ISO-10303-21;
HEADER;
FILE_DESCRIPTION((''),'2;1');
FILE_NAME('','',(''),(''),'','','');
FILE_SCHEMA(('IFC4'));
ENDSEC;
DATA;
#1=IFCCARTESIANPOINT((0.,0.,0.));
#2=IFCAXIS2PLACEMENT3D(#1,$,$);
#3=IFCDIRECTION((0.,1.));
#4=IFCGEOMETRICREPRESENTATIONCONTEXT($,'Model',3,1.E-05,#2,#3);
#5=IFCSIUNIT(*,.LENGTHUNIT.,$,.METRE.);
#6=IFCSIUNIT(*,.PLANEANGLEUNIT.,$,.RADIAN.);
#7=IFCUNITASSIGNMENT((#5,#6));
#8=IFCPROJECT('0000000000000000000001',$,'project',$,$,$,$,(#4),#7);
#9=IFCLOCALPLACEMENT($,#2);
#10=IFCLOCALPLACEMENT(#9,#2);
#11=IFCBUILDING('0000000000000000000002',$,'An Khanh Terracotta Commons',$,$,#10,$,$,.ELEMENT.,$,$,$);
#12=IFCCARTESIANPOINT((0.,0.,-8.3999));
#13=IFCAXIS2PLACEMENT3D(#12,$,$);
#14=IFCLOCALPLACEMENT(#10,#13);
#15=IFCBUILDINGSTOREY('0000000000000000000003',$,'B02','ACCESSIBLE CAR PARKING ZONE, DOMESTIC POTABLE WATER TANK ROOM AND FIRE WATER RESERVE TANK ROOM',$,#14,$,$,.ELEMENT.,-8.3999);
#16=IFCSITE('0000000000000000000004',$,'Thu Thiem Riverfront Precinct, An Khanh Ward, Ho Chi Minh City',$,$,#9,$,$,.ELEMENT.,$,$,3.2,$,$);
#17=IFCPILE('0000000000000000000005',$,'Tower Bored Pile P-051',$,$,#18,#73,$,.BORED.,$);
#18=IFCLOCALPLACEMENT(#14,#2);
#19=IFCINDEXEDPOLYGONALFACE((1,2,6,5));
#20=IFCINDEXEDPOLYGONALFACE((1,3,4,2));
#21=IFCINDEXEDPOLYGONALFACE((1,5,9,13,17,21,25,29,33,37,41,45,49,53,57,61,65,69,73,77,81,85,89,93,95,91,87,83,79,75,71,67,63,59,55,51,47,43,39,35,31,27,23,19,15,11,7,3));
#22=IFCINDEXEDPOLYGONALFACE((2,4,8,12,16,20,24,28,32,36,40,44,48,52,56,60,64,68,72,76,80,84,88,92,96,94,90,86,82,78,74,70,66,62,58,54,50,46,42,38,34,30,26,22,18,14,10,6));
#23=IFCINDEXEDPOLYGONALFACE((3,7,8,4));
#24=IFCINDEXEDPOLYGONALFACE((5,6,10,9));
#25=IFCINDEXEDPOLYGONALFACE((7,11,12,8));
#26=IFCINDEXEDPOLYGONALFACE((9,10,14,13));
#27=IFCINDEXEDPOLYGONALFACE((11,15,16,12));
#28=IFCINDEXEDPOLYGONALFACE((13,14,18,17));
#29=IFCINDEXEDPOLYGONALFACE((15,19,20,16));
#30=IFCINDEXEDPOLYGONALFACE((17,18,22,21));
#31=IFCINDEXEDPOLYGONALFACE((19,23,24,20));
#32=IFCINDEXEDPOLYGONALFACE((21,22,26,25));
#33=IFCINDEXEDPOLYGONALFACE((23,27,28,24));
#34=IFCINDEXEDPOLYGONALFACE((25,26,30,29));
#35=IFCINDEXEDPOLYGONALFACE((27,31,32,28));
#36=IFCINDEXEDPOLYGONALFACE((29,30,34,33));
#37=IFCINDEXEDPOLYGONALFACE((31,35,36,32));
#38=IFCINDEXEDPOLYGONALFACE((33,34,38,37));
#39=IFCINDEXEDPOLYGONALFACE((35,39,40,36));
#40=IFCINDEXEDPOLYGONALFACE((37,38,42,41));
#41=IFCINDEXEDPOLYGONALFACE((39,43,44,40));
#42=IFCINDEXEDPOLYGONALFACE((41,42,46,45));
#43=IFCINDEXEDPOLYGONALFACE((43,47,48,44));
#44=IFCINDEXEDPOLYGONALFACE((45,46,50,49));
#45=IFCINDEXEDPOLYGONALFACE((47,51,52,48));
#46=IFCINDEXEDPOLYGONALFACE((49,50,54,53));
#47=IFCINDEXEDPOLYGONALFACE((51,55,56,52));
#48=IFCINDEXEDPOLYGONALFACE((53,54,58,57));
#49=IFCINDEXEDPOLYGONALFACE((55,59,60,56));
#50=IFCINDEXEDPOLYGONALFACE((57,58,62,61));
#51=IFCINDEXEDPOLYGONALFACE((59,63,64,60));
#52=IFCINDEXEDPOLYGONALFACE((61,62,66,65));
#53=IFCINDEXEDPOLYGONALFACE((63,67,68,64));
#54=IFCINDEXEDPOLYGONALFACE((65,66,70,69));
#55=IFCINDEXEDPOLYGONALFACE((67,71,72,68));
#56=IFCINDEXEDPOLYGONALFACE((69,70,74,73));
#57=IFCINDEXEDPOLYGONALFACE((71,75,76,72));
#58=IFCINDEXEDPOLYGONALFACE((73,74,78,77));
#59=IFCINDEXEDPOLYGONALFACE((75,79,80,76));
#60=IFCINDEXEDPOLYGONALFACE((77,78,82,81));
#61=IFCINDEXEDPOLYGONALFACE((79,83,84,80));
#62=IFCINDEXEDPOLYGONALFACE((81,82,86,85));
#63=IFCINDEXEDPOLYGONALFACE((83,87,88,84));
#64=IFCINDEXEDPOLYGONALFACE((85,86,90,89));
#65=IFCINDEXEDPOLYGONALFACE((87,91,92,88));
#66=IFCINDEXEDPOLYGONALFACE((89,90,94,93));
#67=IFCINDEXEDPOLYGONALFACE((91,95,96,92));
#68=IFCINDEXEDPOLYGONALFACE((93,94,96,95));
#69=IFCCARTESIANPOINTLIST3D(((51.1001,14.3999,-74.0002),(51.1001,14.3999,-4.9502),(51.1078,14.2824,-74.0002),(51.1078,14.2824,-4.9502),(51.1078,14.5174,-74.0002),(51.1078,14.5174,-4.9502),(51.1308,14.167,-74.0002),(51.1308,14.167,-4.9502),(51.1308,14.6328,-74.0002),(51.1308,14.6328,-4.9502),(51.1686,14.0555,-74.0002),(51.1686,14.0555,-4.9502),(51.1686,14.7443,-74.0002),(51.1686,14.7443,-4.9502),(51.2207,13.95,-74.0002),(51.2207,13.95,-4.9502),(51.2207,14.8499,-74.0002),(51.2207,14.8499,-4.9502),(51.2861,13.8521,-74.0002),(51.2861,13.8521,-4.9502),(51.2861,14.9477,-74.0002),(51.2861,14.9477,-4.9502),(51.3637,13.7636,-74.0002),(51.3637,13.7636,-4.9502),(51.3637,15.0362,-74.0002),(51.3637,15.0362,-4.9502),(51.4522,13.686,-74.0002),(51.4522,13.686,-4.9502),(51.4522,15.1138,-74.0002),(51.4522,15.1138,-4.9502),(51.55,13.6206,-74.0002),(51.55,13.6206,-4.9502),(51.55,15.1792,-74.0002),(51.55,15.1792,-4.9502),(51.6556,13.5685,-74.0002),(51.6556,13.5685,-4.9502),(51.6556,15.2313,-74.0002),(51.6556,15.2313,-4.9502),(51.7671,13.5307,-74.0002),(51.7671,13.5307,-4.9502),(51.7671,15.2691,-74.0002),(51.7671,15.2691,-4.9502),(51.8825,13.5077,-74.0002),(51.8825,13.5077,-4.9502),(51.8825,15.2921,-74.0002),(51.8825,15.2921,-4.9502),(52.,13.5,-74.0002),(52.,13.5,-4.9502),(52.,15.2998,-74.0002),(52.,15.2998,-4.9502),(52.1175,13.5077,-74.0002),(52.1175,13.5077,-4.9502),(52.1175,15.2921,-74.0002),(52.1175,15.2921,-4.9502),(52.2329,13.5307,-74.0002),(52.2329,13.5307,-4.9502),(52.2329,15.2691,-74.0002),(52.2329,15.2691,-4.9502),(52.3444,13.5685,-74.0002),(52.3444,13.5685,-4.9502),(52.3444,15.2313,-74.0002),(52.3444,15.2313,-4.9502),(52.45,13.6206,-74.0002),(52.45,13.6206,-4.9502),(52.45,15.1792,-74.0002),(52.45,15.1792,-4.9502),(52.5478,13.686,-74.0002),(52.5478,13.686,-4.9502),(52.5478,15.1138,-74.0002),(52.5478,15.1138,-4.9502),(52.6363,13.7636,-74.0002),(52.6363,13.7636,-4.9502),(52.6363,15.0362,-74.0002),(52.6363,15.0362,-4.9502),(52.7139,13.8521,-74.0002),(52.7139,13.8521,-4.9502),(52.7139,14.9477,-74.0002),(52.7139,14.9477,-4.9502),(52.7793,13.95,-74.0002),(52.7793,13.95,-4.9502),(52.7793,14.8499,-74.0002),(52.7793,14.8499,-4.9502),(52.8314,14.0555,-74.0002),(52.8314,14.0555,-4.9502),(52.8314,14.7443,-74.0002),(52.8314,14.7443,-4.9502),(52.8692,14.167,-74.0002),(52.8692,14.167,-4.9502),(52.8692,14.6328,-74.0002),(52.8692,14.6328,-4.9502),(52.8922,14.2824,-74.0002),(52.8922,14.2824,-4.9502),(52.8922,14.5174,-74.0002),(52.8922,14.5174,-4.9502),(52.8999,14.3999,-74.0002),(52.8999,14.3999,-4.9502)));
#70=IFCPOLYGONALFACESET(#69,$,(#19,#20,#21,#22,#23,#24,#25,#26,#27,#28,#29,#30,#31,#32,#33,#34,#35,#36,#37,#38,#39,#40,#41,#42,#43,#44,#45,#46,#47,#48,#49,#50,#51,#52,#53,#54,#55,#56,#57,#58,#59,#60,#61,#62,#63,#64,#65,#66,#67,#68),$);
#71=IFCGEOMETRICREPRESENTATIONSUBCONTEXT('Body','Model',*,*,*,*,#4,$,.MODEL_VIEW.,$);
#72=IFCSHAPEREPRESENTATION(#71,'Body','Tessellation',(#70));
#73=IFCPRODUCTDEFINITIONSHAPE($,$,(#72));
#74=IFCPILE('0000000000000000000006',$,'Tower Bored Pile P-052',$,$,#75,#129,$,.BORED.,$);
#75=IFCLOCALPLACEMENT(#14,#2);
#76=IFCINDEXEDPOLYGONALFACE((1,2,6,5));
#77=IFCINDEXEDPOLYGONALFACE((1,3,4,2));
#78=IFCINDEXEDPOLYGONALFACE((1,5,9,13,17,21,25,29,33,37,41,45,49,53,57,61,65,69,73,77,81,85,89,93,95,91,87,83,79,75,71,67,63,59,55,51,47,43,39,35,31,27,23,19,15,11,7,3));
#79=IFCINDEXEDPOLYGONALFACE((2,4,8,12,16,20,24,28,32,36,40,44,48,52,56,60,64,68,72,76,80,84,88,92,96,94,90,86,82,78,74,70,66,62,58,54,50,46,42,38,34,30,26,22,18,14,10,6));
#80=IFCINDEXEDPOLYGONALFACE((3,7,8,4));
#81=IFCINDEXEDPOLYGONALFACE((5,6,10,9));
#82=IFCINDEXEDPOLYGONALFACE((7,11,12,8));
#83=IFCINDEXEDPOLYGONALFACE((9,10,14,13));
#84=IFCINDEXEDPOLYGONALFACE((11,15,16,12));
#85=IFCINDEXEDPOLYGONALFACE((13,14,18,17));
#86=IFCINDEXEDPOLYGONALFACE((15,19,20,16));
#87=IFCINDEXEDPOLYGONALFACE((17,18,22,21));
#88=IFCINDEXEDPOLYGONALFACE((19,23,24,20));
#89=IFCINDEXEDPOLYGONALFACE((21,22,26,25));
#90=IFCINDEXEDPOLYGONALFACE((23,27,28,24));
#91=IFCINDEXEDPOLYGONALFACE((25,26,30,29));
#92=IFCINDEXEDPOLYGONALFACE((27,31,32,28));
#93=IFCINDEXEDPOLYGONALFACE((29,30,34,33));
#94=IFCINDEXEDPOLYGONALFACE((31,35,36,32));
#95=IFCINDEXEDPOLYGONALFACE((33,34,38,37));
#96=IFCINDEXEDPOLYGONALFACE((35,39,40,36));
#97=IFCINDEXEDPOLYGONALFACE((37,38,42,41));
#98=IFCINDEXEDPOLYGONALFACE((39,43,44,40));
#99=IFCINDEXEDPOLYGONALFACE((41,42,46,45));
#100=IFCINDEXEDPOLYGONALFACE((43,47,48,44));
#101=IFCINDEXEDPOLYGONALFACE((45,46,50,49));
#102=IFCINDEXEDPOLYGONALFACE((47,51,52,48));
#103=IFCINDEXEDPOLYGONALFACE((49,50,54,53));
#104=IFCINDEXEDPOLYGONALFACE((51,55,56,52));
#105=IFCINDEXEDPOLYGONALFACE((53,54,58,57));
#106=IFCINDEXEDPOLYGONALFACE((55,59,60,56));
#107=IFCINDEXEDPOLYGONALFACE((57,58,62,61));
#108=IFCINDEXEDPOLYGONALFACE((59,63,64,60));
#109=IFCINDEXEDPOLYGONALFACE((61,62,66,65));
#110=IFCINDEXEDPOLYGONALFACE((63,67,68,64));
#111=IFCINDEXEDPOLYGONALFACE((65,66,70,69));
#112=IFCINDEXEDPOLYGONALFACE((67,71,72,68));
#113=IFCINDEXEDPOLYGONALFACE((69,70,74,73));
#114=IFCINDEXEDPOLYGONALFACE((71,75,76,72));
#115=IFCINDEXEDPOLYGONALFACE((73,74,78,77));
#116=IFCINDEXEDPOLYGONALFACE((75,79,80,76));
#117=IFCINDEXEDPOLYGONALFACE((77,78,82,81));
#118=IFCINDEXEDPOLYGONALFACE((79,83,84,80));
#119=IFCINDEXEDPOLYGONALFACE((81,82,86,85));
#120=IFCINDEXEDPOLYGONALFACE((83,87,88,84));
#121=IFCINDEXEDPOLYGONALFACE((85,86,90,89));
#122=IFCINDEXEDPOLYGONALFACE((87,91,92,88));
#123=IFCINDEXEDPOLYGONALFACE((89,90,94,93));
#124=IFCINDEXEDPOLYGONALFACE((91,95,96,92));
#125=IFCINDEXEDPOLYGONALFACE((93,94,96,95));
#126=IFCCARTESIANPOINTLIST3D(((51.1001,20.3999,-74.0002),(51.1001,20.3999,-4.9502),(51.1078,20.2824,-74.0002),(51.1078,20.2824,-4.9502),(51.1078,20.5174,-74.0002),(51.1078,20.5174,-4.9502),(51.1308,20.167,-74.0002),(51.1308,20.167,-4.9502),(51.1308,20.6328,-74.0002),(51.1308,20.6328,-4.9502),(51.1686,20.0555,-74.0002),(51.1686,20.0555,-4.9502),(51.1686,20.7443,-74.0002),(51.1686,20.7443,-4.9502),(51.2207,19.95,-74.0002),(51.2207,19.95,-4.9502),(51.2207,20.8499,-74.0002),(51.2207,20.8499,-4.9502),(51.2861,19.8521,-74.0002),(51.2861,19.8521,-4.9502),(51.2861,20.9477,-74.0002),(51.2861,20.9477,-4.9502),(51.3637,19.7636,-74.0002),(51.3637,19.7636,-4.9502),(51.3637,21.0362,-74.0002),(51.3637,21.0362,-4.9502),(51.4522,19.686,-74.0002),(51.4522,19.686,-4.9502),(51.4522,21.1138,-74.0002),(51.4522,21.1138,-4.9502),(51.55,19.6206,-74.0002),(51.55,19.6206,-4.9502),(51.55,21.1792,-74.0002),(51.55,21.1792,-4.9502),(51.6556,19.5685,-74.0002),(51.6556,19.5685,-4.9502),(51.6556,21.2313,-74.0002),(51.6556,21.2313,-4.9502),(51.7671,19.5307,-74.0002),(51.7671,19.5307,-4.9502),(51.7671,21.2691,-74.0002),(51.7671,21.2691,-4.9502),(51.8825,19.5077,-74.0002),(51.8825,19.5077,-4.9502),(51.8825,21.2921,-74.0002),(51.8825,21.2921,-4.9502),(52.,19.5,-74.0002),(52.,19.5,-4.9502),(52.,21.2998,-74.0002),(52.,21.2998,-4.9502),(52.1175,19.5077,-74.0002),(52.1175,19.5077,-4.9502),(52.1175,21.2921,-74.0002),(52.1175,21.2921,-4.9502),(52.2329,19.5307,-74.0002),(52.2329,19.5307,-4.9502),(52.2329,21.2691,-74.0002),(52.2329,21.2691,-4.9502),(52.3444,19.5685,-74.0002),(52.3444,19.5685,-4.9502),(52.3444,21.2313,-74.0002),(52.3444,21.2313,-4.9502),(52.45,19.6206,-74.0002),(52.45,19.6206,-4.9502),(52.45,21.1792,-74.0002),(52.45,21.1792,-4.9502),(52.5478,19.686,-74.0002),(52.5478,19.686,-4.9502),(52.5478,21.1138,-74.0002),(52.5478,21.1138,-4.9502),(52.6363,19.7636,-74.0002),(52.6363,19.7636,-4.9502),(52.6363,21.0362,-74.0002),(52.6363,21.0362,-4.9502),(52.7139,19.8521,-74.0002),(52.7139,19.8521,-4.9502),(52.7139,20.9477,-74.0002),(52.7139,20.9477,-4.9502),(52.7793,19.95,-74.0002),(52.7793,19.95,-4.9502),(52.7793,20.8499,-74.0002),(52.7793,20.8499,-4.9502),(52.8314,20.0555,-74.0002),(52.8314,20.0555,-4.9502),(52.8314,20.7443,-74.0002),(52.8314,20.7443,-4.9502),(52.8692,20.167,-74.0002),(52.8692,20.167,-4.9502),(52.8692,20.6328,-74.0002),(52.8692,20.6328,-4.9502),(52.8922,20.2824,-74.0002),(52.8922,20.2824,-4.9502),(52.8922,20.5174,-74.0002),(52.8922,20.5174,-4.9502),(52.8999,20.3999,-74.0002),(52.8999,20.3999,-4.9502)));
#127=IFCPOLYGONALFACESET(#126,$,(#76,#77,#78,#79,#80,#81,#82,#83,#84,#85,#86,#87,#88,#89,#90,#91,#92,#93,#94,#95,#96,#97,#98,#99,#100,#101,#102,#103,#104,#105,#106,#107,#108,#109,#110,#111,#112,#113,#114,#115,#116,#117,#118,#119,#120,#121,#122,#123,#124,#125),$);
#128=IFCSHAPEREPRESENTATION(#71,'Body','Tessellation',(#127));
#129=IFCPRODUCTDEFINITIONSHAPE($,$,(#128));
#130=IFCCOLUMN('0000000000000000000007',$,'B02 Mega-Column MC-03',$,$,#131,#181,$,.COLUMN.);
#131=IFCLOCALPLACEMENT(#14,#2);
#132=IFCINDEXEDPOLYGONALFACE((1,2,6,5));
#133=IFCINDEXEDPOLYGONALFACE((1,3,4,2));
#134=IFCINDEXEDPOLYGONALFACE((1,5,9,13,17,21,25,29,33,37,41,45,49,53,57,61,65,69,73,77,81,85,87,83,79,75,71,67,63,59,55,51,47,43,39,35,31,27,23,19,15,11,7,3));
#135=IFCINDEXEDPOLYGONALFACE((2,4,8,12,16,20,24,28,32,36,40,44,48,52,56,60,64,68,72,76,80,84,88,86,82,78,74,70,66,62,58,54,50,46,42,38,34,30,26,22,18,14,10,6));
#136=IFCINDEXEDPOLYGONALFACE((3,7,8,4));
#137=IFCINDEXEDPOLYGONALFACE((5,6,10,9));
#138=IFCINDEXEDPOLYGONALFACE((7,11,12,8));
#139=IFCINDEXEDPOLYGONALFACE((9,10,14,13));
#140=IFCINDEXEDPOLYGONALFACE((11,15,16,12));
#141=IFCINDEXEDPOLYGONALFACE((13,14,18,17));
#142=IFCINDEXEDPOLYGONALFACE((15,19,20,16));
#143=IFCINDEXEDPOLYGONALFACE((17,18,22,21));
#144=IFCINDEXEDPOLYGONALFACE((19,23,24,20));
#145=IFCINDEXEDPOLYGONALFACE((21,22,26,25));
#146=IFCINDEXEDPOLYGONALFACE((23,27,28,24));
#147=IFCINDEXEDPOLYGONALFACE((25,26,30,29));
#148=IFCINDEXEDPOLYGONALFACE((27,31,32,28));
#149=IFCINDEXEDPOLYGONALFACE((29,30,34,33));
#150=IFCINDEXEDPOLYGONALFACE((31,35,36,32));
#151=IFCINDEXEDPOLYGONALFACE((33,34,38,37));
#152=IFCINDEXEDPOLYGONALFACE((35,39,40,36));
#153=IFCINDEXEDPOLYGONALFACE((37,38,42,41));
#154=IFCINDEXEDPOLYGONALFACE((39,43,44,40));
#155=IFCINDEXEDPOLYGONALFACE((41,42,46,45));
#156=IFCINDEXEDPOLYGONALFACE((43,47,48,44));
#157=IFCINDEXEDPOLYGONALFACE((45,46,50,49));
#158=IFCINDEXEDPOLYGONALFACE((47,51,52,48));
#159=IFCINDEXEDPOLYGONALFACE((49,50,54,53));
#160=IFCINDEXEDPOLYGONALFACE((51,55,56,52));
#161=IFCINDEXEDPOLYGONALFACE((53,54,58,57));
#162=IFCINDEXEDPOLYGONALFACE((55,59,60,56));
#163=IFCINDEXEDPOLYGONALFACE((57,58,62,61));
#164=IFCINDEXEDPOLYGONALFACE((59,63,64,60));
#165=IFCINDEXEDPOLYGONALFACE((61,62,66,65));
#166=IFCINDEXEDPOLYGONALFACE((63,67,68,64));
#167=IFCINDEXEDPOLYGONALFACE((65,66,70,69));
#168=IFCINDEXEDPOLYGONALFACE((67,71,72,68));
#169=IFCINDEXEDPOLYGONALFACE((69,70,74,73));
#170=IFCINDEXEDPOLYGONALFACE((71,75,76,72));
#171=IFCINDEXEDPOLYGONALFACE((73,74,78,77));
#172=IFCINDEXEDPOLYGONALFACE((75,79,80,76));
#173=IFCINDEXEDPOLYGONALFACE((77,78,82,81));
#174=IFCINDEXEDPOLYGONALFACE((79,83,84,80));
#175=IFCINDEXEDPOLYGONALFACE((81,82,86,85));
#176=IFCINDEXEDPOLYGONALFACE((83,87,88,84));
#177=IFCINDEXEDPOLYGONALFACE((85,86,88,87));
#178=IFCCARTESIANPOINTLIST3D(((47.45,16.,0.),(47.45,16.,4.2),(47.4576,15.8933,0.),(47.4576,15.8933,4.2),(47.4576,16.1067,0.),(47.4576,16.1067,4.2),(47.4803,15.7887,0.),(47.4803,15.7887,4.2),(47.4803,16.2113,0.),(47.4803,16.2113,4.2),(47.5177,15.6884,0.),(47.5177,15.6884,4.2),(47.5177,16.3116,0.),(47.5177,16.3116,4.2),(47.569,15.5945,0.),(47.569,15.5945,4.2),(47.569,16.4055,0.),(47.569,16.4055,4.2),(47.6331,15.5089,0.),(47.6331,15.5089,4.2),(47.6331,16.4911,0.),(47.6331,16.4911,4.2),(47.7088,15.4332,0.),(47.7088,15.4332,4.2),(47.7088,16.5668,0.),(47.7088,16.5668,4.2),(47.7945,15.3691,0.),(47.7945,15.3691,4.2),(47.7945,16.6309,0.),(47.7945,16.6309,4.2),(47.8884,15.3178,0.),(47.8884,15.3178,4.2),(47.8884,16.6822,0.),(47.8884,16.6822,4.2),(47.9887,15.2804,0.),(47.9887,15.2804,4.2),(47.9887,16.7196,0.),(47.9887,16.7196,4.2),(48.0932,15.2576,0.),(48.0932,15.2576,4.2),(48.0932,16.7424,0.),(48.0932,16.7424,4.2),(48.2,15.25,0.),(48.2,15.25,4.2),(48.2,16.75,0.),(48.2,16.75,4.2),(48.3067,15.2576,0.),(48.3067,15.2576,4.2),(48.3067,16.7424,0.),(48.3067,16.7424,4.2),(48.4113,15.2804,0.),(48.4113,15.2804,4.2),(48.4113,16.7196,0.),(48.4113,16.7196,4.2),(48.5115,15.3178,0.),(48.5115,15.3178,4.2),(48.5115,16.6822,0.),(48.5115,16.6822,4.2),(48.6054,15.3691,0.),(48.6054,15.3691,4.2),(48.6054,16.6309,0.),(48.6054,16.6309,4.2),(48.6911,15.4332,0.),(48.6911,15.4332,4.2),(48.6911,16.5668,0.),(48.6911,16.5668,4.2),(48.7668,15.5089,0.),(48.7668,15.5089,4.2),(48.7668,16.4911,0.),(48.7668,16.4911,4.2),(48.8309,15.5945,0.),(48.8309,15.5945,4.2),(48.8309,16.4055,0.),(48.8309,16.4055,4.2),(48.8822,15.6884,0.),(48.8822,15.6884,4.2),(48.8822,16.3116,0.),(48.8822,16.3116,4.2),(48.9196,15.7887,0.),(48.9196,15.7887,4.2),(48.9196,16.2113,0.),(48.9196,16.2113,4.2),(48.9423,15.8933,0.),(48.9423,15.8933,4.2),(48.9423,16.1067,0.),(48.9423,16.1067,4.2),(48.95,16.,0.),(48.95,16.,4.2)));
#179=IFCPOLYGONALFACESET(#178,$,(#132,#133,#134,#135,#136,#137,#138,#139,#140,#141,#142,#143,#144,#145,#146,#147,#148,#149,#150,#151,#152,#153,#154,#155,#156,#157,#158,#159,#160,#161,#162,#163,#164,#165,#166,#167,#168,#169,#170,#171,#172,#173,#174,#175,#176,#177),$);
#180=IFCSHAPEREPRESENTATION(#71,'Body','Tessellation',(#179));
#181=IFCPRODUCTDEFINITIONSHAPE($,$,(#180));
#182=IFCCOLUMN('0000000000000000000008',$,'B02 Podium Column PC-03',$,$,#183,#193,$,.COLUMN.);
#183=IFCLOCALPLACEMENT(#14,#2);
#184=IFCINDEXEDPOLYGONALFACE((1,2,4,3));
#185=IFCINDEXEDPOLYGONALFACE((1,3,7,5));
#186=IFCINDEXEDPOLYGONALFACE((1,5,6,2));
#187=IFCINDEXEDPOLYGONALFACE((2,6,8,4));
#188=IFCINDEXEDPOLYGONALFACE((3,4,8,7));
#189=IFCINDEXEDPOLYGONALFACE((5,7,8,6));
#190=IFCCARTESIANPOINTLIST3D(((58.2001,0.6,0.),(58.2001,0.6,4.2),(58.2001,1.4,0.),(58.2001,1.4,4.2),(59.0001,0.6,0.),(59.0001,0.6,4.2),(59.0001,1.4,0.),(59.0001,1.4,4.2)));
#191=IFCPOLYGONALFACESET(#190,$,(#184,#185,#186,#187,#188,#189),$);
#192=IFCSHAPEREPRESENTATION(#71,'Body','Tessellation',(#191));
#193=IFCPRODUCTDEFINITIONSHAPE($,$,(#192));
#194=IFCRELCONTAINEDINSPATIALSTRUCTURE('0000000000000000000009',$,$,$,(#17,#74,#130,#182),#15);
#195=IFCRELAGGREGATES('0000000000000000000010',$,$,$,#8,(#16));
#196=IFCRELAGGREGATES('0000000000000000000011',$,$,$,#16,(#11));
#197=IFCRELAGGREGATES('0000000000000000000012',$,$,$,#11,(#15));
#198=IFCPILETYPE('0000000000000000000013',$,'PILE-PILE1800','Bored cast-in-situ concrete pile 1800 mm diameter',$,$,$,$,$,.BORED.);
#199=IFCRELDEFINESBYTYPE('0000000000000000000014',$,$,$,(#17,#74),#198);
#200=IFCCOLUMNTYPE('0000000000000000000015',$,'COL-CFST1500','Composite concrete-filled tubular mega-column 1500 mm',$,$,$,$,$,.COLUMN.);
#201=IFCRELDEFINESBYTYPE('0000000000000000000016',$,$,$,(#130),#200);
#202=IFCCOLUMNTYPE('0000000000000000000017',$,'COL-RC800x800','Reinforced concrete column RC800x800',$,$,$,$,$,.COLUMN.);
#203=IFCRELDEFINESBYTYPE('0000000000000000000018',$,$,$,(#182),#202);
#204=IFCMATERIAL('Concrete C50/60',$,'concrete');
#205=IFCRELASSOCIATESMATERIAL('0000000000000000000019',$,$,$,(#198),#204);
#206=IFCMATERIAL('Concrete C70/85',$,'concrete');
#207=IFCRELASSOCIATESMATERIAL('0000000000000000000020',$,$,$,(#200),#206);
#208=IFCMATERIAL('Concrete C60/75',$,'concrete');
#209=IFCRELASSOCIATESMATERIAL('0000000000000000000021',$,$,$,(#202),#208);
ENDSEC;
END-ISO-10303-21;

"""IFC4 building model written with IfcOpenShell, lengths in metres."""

from ifc_helpers import new_model, si_unit, direction, frame, origin, origin_2d, place, context, subcontext, project, spatial, rectangle, circle, extrude, material, material_profile, profile_set, type_object, element, save


model = new_model("IFC4")

# Units and contexts
model_context = context("Model", 3, precision=1e-05, world=origin(), true_north=direction((0.0, 1.0)))
body_context = subcontext(model_context, "Body", "Model", "MODEL_VIEW")
ifc_project = project(units=[si_unit("LENGTHUNIT", "METRE"), si_unit("PLANEANGLEUNIT", "RADIAN")], contexts=[model_context])

# Site, building, storey
site_placement = place(None, origin())
site = spatial("IfcSite", under=ifc_project, at=site_placement, Name="Thu Thiem Riverfront Precinct, An Khanh Ward, Ho Chi Minh City", CompositionType="ELEMENT", RefElevation=3.2)
building_placement = place(site_placement, origin())
building = spatial("IfcBuilding", under=site, at=building_placement, Name="An Khanh Terracotta Commons", CompositionType="ELEMENT")
storey_placement = place(building_placement, frame((0.0, 0.0, -8.3999)))
storey = spatial("IfcBuildingStorey", under=building, at=storey_placement, Name="B02", Description="ACCESSIBLE CAR PARKING ZONE, DOMESTIC POTABLE WATER TANK ROOM AND FIRE WATER RESERVE TANK ROOM", CompositionType="ELEMENT", Elevation=-8.3999)

# Shared definitions
ifc_material_1 = material(Name="Concrete C50/60", Category="concrete")

# Piles
ifc_material_profile_1 = material_profile(ifc_material_1, circle(Radius=0.8999, at=origin_2d()), Name="PILE1800")
ifc_profile_set_1 = profile_set([ifc_material_profile_1], Name="Concrete C50/60")
pile_type_1 = type_object("IfcPileType", Name="PILE-PILE1800", Description="Bored cast-in-situ concrete pile 1800 mm diameter", PredefinedType="BORED", material=ifc_profile_set_1)
for number, where, z_axis, x_axis, name in (
    (1, (52.0, 14.3999, -4.9502), (0.0, 0.0, -1.0), (1.0, 0.0, 0.0), "Tower Bored Pile P-051"),
    (2, (52.0, 20.3999, -4.9502), (0.0, 0.0, -1.0), (1.0, 0.0, 0.0), "Tower Bored Pile P-052"),
):
    element("IfcPile", number, at=place(storey_placement, frame(where, z_axis=z_axis, x_axis=x_axis)), inside=storey, type_object=pile_type_1, Name=name, PredefinedType="BORED", context=body_context, shape_type="SweptSolid", body=[
        extrude(circle(Radius=0.8999, at=origin_2d()), origin(), (0.0, 0.0, 1.0), 69.05),
    ])

# Columns
ifc_material_2 = material(Name="Concrete C70/85", Category="concrete")
ifc_material_profile_2 = material_profile(ifc_material_2, circle(Radius=0.75, at=origin_2d()), Name="CFST1500")
ifc_profile_set_2 = profile_set([ifc_material_profile_2], Name="Concrete C70/85")
column_type_1 = type_object("IfcColumnType", Name="COL-CFST1500", Description="Composite concrete-filled tubular mega-column 1500 mm", PredefinedType="COLUMN", material=ifc_profile_set_2)
column_1_placement = place(storey_placement, frame((48.2, 16.0, 0.0), z_axis=(0.0, 0.0, 1.0), x_axis=(1.0, 0.0, 0.0)))
element("IfcColumn", 3, at=column_1_placement, inside=storey, type_object=column_type_1, Name="B02 Mega-Column MC-03", PredefinedType="COLUMN", context=body_context, shape_type="SweptSolid", body=[
    extrude(circle(Radius=0.75, at=origin_2d()), origin(), (0.0, 0.0, 1.0), 4.2),
])
ifc_material_3 = material(Name="Concrete C60/75", Category="concrete")
ifc_material_profile_3 = material_profile(ifc_material_3, rectangle(XDim=0.8, YDim=0.8, at=origin_2d()), Name="RC800x800")
ifc_profile_set_3 = profile_set([ifc_material_profile_3], Name="Concrete C60/75")
column_type_2 = type_object("IfcColumnType", Name="COL-RC800x800", Description="Reinforced concrete column RC800x800", PredefinedType="COLUMN", material=ifc_profile_set_3)
column_2_placement = place(storey_placement, frame((58.6001, 1.0, 0.0), z_axis=(0.0, 0.0, 1.0), x_axis=(1.0, 0.0, 0.0)))
element("IfcColumn", 4, at=column_2_placement, inside=storey, type_object=column_type_2, Name="B02 Podium Column PC-03", PredefinedType="COLUMN", context=body_context, shape_type="SweptSolid", body=[
    extrude(rectangle(XDim=0.8, YDim=0.8, at=origin_2d()), origin(), (0.0, 0.0, 1.0), 4.2),
])

save(model, "model.ifc")
